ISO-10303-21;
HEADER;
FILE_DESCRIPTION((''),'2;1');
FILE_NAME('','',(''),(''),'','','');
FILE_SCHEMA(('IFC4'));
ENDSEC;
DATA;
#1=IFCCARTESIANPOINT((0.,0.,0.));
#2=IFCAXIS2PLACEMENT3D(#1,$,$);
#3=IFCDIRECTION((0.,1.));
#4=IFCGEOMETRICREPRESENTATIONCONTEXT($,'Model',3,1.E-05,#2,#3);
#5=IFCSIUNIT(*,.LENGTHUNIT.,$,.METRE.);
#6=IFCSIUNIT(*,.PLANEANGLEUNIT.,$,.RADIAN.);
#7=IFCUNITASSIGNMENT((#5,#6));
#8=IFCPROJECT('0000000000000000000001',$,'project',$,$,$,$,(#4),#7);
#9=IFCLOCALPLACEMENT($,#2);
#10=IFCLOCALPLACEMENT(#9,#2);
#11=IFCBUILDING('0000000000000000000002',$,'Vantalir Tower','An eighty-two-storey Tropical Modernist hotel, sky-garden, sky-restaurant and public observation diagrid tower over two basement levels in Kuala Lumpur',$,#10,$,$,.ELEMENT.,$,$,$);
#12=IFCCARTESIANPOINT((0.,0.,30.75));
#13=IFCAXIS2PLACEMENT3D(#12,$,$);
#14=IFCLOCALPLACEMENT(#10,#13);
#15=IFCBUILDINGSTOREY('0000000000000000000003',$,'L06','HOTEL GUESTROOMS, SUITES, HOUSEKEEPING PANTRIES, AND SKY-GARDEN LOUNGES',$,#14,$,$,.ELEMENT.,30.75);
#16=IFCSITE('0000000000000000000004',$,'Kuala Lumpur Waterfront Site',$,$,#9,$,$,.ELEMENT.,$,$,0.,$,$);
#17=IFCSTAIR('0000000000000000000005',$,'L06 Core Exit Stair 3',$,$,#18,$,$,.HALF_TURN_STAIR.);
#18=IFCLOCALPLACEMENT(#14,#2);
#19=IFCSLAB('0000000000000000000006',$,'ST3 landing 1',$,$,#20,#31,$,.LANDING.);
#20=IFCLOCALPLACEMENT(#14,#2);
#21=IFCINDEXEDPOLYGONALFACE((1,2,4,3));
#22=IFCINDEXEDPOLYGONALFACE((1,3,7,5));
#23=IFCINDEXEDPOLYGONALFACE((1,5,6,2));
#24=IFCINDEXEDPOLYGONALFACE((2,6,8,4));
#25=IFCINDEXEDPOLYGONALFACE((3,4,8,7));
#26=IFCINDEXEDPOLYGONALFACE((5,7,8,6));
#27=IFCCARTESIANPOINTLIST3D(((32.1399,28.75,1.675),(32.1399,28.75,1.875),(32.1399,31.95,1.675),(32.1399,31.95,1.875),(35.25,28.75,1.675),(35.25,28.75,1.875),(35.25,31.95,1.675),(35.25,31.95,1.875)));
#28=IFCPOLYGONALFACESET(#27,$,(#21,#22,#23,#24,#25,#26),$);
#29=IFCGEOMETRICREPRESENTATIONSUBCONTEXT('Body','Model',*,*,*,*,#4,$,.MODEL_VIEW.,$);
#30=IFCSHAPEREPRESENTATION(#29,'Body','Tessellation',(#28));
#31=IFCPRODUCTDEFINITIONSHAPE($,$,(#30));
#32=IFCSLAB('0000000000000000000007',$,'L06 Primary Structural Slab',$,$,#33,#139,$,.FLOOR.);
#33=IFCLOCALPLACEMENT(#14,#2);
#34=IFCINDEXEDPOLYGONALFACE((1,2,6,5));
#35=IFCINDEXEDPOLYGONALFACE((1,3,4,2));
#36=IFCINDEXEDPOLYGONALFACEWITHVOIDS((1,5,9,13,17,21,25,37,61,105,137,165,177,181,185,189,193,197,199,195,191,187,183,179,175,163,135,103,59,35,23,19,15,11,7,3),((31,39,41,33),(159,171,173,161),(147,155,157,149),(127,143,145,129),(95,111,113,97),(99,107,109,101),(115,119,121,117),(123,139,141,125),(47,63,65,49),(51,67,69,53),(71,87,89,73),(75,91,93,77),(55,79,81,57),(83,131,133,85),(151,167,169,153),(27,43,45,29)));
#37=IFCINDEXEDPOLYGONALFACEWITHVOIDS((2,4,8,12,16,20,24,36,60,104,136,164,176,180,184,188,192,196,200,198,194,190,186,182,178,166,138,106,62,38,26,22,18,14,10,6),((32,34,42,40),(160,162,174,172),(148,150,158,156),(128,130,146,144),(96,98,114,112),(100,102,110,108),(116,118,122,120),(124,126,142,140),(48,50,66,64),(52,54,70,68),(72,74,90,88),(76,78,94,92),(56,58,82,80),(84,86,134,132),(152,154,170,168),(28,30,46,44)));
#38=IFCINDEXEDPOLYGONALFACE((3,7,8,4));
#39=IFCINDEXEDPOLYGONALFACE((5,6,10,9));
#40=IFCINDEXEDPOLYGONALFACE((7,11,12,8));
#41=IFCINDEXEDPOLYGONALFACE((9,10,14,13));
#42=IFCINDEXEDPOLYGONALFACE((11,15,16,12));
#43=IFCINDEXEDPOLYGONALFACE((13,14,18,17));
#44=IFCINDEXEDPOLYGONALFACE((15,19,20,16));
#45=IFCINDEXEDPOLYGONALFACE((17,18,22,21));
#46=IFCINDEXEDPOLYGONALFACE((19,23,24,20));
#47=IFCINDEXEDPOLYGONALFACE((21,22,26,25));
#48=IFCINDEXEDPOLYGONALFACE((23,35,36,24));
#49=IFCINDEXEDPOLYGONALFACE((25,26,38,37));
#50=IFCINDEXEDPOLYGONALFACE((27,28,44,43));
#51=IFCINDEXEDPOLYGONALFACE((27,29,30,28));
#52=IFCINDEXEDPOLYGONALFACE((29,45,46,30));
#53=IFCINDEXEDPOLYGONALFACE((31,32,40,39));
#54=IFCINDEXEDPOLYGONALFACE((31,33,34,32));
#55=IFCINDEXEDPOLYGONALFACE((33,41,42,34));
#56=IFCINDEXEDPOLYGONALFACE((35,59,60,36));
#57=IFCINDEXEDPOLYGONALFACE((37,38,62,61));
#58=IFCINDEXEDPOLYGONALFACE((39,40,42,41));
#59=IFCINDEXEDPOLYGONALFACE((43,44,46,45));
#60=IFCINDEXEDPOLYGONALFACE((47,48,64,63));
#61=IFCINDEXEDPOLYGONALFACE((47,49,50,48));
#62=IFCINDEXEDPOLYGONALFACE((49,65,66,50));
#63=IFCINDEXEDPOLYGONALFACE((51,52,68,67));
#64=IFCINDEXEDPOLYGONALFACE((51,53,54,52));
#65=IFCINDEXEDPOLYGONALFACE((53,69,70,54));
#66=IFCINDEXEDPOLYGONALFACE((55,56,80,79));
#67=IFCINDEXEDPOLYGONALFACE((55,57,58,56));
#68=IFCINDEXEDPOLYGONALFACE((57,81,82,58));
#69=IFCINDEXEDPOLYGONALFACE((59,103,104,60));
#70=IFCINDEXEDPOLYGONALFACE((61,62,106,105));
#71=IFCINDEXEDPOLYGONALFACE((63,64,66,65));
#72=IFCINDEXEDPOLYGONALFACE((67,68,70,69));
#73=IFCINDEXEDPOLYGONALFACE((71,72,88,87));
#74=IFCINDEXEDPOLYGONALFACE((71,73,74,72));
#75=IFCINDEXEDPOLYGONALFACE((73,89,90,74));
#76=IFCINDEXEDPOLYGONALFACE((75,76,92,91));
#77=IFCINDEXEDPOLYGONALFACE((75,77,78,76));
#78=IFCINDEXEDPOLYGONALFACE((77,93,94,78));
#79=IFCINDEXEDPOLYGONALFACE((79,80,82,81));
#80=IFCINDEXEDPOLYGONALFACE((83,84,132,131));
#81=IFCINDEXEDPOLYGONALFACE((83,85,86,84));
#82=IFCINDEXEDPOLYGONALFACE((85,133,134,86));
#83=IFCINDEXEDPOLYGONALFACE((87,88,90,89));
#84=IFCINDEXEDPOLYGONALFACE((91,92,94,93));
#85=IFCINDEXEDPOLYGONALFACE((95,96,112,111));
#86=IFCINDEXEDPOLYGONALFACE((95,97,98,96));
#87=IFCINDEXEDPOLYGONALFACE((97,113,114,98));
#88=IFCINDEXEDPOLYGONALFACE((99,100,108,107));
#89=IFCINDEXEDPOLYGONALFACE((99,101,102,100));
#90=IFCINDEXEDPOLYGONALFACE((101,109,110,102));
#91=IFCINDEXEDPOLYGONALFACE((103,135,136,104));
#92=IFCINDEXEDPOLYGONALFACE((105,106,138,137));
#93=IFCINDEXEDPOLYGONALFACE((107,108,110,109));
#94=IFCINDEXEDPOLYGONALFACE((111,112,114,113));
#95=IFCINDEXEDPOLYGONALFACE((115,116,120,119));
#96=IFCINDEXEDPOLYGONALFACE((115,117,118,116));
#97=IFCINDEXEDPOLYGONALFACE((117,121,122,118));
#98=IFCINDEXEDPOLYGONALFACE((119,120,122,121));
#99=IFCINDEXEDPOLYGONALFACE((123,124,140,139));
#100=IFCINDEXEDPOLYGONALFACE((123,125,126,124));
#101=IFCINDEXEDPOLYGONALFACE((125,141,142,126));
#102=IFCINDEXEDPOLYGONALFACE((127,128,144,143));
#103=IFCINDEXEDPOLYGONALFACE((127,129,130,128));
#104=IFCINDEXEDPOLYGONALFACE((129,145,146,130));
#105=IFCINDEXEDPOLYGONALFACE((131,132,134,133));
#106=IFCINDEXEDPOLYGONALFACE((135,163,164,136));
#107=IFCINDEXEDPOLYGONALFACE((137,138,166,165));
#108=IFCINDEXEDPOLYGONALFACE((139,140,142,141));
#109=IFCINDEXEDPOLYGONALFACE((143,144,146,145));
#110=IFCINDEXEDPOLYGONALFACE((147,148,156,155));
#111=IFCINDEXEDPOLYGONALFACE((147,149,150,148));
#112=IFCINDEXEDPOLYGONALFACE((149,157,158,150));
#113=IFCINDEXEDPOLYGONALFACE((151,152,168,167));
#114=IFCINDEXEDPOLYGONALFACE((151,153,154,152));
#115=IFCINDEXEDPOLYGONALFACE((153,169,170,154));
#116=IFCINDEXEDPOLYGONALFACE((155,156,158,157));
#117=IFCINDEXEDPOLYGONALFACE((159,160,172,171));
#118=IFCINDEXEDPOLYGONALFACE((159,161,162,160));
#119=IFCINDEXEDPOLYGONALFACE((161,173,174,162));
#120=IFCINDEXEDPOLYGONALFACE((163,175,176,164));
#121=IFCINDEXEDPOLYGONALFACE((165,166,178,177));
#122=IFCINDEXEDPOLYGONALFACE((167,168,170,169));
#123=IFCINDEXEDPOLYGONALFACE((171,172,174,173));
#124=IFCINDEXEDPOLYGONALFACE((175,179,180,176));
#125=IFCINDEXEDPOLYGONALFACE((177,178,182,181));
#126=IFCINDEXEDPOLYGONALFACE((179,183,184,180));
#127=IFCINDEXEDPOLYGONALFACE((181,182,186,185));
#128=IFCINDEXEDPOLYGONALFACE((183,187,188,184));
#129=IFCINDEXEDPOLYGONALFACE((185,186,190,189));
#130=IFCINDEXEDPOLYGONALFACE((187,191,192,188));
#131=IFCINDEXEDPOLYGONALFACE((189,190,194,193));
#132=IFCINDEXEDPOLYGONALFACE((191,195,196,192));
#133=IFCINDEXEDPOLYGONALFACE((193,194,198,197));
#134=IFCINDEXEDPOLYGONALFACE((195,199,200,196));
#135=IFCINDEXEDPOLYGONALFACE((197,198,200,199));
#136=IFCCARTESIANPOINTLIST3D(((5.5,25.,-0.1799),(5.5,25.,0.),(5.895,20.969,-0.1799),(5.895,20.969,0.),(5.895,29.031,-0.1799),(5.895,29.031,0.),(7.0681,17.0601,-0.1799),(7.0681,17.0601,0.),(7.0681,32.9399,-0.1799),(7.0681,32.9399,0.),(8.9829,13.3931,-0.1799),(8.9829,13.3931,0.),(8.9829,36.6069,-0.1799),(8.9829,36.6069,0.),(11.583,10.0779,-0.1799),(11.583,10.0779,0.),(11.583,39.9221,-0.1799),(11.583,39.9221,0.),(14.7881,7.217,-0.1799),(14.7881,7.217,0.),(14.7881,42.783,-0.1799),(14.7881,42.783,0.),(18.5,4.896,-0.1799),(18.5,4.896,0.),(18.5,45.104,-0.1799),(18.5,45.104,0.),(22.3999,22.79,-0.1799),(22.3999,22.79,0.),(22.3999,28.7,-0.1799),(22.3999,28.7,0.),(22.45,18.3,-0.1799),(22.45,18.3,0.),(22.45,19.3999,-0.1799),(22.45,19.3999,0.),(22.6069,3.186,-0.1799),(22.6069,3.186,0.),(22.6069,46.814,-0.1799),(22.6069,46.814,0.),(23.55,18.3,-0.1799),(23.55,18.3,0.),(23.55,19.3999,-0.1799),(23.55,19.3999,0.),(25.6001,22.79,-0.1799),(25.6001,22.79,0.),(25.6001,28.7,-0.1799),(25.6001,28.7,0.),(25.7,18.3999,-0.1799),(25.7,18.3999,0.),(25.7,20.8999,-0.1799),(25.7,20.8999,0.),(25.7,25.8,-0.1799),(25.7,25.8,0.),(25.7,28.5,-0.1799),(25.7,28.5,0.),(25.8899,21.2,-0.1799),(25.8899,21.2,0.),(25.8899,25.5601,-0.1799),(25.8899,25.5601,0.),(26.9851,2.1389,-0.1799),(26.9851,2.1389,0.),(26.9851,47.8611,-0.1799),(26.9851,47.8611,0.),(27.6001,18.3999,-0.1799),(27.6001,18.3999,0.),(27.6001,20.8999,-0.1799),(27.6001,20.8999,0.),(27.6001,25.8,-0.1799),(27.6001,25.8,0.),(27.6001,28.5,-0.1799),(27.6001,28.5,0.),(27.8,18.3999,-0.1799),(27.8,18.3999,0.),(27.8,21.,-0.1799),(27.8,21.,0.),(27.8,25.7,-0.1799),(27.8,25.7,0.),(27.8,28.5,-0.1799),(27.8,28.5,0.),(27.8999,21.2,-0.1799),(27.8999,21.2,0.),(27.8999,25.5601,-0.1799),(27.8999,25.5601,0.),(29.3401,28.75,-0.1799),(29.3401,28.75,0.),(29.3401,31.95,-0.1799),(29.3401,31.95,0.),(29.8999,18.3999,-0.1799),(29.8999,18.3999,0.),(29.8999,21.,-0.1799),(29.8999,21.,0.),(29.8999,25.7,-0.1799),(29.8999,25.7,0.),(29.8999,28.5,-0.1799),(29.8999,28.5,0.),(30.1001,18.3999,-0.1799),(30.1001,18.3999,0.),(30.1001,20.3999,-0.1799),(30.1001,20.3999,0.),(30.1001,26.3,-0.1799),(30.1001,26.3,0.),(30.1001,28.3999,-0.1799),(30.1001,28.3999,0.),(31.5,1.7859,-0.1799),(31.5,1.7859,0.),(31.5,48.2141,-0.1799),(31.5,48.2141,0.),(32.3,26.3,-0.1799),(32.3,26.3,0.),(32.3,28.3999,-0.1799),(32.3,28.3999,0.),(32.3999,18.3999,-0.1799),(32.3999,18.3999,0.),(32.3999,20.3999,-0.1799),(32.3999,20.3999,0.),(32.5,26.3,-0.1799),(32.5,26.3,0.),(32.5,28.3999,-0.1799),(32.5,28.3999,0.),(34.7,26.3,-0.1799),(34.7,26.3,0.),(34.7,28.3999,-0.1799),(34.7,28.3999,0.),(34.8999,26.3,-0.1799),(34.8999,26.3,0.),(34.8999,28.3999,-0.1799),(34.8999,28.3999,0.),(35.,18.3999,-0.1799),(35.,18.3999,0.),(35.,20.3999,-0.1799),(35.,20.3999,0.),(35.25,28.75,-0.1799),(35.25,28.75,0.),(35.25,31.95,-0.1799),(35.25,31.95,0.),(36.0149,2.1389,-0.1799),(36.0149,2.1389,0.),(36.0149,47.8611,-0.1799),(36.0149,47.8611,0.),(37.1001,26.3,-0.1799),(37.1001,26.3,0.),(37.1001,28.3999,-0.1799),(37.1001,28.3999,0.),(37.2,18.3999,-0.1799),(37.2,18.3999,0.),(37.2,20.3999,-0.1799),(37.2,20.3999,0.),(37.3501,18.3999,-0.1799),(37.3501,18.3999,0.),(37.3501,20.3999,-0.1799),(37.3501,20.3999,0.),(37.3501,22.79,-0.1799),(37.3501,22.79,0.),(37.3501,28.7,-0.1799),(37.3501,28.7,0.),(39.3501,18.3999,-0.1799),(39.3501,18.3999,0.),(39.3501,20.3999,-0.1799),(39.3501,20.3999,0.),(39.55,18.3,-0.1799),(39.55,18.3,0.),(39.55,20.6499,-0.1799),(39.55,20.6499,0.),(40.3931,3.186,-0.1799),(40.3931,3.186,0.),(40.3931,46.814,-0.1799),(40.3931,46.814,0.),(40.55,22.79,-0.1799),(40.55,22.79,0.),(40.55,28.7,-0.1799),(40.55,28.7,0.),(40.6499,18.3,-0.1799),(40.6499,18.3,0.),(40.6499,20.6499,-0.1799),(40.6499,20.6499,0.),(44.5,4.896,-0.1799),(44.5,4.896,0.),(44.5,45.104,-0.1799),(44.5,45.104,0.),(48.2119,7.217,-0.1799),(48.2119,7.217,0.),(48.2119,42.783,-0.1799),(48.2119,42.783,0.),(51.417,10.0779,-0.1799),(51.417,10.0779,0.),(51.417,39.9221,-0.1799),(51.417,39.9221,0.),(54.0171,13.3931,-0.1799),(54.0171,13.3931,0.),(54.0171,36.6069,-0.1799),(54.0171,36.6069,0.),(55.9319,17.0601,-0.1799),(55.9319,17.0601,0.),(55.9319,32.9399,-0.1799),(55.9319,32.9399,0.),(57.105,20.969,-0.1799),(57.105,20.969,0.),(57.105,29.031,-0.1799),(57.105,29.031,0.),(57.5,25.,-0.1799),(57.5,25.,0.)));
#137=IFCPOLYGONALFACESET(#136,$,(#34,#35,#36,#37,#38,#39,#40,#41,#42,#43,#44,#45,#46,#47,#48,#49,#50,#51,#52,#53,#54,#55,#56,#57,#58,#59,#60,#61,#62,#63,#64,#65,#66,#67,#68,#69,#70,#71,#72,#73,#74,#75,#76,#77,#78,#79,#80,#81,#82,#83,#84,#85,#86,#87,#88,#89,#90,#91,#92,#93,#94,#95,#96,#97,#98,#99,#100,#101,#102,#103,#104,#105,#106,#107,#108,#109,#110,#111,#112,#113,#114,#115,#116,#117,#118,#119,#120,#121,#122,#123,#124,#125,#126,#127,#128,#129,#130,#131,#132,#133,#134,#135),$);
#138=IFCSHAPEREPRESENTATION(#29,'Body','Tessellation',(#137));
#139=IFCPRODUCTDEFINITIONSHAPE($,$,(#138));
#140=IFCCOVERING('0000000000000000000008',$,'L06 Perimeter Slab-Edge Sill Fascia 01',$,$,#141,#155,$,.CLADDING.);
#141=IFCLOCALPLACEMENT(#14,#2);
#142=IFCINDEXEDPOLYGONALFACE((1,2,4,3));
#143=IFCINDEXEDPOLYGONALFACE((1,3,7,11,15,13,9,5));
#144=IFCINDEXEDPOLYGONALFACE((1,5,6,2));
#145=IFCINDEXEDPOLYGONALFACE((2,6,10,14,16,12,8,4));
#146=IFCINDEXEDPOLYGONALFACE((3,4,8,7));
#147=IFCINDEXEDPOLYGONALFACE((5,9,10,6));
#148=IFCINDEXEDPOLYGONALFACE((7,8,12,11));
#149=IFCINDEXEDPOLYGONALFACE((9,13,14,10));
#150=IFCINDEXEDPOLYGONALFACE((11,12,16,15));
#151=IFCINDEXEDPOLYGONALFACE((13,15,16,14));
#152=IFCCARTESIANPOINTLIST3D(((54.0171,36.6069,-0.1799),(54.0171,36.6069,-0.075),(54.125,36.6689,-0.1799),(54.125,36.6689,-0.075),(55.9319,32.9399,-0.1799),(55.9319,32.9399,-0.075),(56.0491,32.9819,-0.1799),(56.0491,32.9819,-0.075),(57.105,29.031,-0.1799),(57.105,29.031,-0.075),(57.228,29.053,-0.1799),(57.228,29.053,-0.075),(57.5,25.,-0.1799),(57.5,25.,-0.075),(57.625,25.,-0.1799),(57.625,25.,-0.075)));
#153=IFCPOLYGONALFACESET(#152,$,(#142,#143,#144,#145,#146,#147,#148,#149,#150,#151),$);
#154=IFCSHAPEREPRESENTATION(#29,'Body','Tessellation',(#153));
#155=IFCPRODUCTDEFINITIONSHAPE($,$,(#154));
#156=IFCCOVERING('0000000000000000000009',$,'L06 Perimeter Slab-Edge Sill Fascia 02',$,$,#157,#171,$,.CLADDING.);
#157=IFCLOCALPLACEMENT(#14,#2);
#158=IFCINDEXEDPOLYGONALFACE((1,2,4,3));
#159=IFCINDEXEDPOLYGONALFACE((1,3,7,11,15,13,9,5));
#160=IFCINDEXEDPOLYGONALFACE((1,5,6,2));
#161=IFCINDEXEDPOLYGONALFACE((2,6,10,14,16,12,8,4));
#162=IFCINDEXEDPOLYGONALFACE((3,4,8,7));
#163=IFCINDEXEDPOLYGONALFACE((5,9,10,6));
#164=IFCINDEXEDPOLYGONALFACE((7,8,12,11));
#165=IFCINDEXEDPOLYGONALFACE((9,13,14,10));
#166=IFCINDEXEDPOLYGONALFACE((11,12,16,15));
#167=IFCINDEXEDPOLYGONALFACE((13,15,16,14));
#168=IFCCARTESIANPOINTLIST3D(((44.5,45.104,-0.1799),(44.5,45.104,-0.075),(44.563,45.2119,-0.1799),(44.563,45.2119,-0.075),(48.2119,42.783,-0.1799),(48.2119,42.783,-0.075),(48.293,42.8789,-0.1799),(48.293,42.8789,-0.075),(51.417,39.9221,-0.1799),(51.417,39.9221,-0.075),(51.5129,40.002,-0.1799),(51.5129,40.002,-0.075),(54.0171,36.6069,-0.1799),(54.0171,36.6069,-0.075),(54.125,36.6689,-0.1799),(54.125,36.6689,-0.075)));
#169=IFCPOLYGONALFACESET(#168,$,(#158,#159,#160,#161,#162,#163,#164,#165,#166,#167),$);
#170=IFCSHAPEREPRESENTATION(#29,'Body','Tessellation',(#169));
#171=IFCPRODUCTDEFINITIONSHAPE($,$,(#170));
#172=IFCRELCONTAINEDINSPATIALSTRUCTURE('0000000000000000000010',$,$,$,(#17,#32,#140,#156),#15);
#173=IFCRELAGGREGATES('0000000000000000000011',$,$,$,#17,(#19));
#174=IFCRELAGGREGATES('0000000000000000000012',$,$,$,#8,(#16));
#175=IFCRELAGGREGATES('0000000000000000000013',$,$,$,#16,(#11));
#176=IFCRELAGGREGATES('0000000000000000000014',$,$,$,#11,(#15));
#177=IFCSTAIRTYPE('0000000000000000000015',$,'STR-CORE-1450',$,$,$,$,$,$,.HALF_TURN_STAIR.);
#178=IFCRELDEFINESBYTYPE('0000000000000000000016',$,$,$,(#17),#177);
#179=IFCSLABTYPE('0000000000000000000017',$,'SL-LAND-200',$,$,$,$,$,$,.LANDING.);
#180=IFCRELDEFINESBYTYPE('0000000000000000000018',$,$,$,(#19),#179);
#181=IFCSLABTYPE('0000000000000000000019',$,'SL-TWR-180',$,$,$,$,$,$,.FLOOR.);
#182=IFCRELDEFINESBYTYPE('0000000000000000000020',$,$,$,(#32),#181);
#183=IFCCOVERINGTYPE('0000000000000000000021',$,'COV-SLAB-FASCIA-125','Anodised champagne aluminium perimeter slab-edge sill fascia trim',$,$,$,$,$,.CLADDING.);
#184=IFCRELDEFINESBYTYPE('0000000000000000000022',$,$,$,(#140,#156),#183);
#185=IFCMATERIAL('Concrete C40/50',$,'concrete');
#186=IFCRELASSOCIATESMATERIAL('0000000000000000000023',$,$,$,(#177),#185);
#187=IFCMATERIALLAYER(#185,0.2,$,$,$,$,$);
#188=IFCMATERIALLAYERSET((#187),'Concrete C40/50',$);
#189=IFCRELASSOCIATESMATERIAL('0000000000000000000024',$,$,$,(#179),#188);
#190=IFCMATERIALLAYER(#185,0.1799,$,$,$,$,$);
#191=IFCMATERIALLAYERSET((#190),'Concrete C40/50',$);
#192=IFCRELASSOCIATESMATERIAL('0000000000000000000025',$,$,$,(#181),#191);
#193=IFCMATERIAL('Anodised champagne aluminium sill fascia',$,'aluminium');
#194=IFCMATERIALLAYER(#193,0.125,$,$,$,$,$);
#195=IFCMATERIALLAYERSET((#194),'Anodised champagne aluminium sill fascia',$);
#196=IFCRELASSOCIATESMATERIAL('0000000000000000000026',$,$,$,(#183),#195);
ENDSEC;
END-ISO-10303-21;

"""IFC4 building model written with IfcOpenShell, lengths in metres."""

from ifc_helpers import new_model, si_unit, direction, frame, origin, place, context, subcontext, project, spatial, polyline, outline, extrude, material, layer, layer_set, type_object, element, aggregate, save


model = new_model("IFC4")

# Units and contexts
model_context = context("Model", 3, precision=1e-05, world=origin(), true_north=direction((0.0, 1.0)))
body_context = subcontext(model_context, "Body", "Model", "MODEL_VIEW")
ifc_project = project(units=[si_unit("LENGTHUNIT", "METRE"), si_unit("PLANEANGLEUNIT", "RADIAN")], contexts=[model_context])

# Site, building, storey
site_placement = place(None, origin())
site = spatial("IfcSite", under=ifc_project, at=site_placement, Name="Kuala Lumpur Waterfront Site", CompositionType="ELEMENT", RefElevation=0.0)
building_placement = place(site_placement, origin())
building = spatial("IfcBuilding", under=site, at=building_placement, Name="Vantalir Tower", Description="An eighty-two-storey Tropical Modernist hotel, sky-garden, sky-restaurant and public observation diagrid tower over two basement levels in Kuala Lumpur", CompositionType="ELEMENT")
storey_placement = place(building_placement, frame((0.0, 0.0, 30.75)))
storey = spatial("IfcBuildingStorey", under=building, at=storey_placement, Name="L06", Description="HOTEL GUESTROOMS, SUITES, HOUSEKEEPING PANTRIES, AND SKY-GARDEN LOUNGES", CompositionType="ELEMENT", Elevation=30.75)

# Stair, slab
ifc_material_1 = material(Name="Concrete C40/50", Category="concrete")
stair_type = type_object("IfcStairType", Name="STR-CORE-1450", PredefinedType="HALF_TURN_STAIR", material=ifc_material_1)
ifc_layer_1 = layer(ifc_material_1, 0.2)
ifc_layer_set_1 = layer_set([ifc_layer_1], Name="Concrete C40/50")
slab_type_1 = type_object("IfcSlabType", Name="SL-LAND-200", PredefinedType="LANDING", material=ifc_layer_set_1)
stair_1_placement = place(storey_placement, origin())
stair_1 = element("IfcStair", 1, at=stair_1_placement, inside=storey, type_object=stair_type, Name="L06 Core Exit Stair 3", PredefinedType="HALF_TURN_STAIR")
slab_1_placement = place(storey_placement, frame((0.0, 0.0, 1.675)))
slab_1 = element("IfcSlab", 2, at=slab_1_placement, type_object=slab_type_1, Name="ST3 landing 1", PredefinedType="LANDING", context=body_context, shape_type="SweptSolid", body=[
    extrude(outline(polyline([(32.1399, 28.75), (35.25, 28.75), (35.25, 31.95), (32.1399, 31.95), (32.1399, 28.75)])), origin(), (0.0, 0.0, 1.0), 0.2),
])
aggregate(stair_1, [slab_1])

# Slab
ifc_layer_2 = layer(ifc_material_1, 0.1799)
ifc_layer_set_2 = layer_set([ifc_layer_2], Name="Concrete C40/50")
slab_type_2 = type_object("IfcSlabType", Name="SL-TWR-180", PredefinedType="FLOOR", material=ifc_layer_set_2)
slab_2_placement = place(storey_placement, frame((0.0, 0.0, -0.1799)))
element("IfcSlab", 3, at=slab_2_placement, inside=storey, type_object=slab_type_2, Name="L06 Primary Structural Slab", PredefinedType="FLOOR", context=body_context, shape_type="SweptSolid", body=[
    extrude(outline(polyline([(8.9829, 13.3931), (11.583, 10.0779), (14.7881, 7.217), (18.5, 4.896), (22.6069, 3.186), (26.9851, 2.1389), (31.5, 1.7859), (36.0149, 2.1389), (40.3931, 3.186), (44.5, 4.896), (48.2119, 7.217), (51.417, 10.0779), (54.0171, 13.3931), (55.9319, 17.0601), (57.105, 20.969), (57.5, 25.0), (57.105, 29.031), (55.9319, 32.9399), (54.0171, 36.6069), (51.417, 39.9221), (48.2119, 42.783), (44.5, 45.104), (40.3931, 46.814), (36.0149, 47.8611), (31.5, 48.2141), (26.9851, 47.8611), (22.6069, 46.814), (18.5, 45.104), (14.7881, 42.783), (11.583, 39.9221), (8.9829, 36.6069), (7.0681, 32.9399), (5.895, 29.031), (5.5, 25.0), (5.895, 20.969), (7.0681, 17.0601), (8.9829, 13.3931)]), holes=[polyline([(22.3999, 22.79), (22.3999, 28.7), (25.6001, 28.7), (25.6001, 22.79), (22.3999, 22.79)]), polyline([(37.3501, 28.7), (40.55, 28.7), (40.55, 22.79), (37.3501, 22.79), (37.3501, 28.7)]), polyline([(35.25, 28.75), (29.3401, 28.75), (29.3401, 31.95), (35.25, 31.95), (35.25, 28.75)]), polyline([(27.6001, 18.3999), (25.7, 18.3999), (25.7, 20.8999), (27.6001, 20.8999), (27.6001, 18.3999)]), polyline([(25.7, 25.8), (25.7, 28.5), (27.6001, 28.5), (27.6001, 25.8), (25.7, 25.8)]), polyline([(27.8, 21.0), (29.8999, 21.0), (29.8999, 18.3999), (27.8, 18.3999), (27.8, 21.0)]), polyline([(29.8999, 28.5), (29.8999, 25.7), (27.8, 25.7), (27.8, 28.5), (29.8999, 28.5)]), polyline([(32.3999, 18.3999), (30.1001, 18.3999), (30.1001, 20.3999), (32.3999, 20.3999), (32.3999, 18.3999)]), polyline([(37.3501, 18.3999), (37.3501, 20.3999), (39.3501, 20.3999), (39.3501, 18.3999), (37.3501, 18.3999)]), polyline([(35.0, 20.3999), (37.2, 20.3999), (37.2, 18.3999), (35.0, 18.3999), (35.0, 20.3999)]), polyline([(32.3, 28.3999), (32.3, 26.3), (30.1001, 26.3), (30.1001, 28.3999), (32.3, 28.3999)]), polyline([(34.7, 26.3), (32.5, 26.3), (32.5, 28.3999), (34.7, 28.3999), (34.7, 26.3)]), polyline([(34.8999, 26.3), (34.8999, 28.3999), (37.1001, 28.3999), (37.1001, 26.3), (34.8999, 26.3)]), polyline([(25.8899, 25.5601), (27.8999, 25.5601), (27.8999, 21.2), (25.8899, 21.2), (25.8899, 25.5601)]), polyline([(23.55, 19.3999), (23.55, 18.3), (22.45, 18.3), (22.45, 19.3999), (23.55, 19.3999)]), polyline([(40.6499, 18.3), (39.55, 18.3), (39.55, 20.6499), (40.6499, 20.6499), (40.6499, 18.3)])]), origin(), (0.0, 0.0, 1.0), 0.1799),
])

# Coverings
ifc_material_2 = material(Name="Anodised champagne aluminium sill fascia", Category="aluminium")
ifc_layer_3 = layer(ifc_material_2, 0.125)
ifc_layer_set_3 = layer_set([ifc_layer_3], Name="Anodised champagne aluminium sill fascia")
covering_type = type_object("IfcCoveringType", Name="COV-SLAB-FASCIA-125", Description="Anodised champagne aluminium perimeter slab-edge sill fascia trim", PredefinedType="CLADDING", material=ifc_layer_set_3)
covering_1_placement = place(storey_placement, frame((0.0, 0.0, -0.1799)))
element("IfcCovering", 4, at=covering_1_placement, inside=storey, type_object=covering_type, Name="L06 Perimeter Slab-Edge Sill Fascia 01", PredefinedType="CLADDING", context=body_context, shape_type="SweptSolid", body=[
    extrude(outline(polyline([(57.625, 25.0), (57.228, 29.053), (56.0491, 32.9819), (54.125, 36.6689), (54.0171, 36.6069), (55.9319, 32.9399), (57.105, 29.031), (57.5, 25.0), (57.625, 25.0)])), origin(), (0.0, 0.0, 1.0), 0.105),
])
covering_2_placement = place(storey_placement, frame((0.0, 0.0, -0.1799)))
element("IfcCovering", 5, at=covering_2_placement, inside=storey, type_object=covering_type, Name="L06 Perimeter Slab-Edge Sill Fascia 02", PredefinedType="CLADDING", context=body_context, shape_type="SweptSolid", body=[
    extrude(outline(polyline([(54.125, 36.6689), (51.5129, 40.002), (48.293, 42.8789), (44.563, 45.2119), (44.5, 45.104), (48.2119, 42.783), (51.417, 39.9221), (54.0171, 36.6069), (54.125, 36.6689)])), origin(), (0.0, 0.0, 1.0), 0.105),
])

save(model, "model.ifc")
